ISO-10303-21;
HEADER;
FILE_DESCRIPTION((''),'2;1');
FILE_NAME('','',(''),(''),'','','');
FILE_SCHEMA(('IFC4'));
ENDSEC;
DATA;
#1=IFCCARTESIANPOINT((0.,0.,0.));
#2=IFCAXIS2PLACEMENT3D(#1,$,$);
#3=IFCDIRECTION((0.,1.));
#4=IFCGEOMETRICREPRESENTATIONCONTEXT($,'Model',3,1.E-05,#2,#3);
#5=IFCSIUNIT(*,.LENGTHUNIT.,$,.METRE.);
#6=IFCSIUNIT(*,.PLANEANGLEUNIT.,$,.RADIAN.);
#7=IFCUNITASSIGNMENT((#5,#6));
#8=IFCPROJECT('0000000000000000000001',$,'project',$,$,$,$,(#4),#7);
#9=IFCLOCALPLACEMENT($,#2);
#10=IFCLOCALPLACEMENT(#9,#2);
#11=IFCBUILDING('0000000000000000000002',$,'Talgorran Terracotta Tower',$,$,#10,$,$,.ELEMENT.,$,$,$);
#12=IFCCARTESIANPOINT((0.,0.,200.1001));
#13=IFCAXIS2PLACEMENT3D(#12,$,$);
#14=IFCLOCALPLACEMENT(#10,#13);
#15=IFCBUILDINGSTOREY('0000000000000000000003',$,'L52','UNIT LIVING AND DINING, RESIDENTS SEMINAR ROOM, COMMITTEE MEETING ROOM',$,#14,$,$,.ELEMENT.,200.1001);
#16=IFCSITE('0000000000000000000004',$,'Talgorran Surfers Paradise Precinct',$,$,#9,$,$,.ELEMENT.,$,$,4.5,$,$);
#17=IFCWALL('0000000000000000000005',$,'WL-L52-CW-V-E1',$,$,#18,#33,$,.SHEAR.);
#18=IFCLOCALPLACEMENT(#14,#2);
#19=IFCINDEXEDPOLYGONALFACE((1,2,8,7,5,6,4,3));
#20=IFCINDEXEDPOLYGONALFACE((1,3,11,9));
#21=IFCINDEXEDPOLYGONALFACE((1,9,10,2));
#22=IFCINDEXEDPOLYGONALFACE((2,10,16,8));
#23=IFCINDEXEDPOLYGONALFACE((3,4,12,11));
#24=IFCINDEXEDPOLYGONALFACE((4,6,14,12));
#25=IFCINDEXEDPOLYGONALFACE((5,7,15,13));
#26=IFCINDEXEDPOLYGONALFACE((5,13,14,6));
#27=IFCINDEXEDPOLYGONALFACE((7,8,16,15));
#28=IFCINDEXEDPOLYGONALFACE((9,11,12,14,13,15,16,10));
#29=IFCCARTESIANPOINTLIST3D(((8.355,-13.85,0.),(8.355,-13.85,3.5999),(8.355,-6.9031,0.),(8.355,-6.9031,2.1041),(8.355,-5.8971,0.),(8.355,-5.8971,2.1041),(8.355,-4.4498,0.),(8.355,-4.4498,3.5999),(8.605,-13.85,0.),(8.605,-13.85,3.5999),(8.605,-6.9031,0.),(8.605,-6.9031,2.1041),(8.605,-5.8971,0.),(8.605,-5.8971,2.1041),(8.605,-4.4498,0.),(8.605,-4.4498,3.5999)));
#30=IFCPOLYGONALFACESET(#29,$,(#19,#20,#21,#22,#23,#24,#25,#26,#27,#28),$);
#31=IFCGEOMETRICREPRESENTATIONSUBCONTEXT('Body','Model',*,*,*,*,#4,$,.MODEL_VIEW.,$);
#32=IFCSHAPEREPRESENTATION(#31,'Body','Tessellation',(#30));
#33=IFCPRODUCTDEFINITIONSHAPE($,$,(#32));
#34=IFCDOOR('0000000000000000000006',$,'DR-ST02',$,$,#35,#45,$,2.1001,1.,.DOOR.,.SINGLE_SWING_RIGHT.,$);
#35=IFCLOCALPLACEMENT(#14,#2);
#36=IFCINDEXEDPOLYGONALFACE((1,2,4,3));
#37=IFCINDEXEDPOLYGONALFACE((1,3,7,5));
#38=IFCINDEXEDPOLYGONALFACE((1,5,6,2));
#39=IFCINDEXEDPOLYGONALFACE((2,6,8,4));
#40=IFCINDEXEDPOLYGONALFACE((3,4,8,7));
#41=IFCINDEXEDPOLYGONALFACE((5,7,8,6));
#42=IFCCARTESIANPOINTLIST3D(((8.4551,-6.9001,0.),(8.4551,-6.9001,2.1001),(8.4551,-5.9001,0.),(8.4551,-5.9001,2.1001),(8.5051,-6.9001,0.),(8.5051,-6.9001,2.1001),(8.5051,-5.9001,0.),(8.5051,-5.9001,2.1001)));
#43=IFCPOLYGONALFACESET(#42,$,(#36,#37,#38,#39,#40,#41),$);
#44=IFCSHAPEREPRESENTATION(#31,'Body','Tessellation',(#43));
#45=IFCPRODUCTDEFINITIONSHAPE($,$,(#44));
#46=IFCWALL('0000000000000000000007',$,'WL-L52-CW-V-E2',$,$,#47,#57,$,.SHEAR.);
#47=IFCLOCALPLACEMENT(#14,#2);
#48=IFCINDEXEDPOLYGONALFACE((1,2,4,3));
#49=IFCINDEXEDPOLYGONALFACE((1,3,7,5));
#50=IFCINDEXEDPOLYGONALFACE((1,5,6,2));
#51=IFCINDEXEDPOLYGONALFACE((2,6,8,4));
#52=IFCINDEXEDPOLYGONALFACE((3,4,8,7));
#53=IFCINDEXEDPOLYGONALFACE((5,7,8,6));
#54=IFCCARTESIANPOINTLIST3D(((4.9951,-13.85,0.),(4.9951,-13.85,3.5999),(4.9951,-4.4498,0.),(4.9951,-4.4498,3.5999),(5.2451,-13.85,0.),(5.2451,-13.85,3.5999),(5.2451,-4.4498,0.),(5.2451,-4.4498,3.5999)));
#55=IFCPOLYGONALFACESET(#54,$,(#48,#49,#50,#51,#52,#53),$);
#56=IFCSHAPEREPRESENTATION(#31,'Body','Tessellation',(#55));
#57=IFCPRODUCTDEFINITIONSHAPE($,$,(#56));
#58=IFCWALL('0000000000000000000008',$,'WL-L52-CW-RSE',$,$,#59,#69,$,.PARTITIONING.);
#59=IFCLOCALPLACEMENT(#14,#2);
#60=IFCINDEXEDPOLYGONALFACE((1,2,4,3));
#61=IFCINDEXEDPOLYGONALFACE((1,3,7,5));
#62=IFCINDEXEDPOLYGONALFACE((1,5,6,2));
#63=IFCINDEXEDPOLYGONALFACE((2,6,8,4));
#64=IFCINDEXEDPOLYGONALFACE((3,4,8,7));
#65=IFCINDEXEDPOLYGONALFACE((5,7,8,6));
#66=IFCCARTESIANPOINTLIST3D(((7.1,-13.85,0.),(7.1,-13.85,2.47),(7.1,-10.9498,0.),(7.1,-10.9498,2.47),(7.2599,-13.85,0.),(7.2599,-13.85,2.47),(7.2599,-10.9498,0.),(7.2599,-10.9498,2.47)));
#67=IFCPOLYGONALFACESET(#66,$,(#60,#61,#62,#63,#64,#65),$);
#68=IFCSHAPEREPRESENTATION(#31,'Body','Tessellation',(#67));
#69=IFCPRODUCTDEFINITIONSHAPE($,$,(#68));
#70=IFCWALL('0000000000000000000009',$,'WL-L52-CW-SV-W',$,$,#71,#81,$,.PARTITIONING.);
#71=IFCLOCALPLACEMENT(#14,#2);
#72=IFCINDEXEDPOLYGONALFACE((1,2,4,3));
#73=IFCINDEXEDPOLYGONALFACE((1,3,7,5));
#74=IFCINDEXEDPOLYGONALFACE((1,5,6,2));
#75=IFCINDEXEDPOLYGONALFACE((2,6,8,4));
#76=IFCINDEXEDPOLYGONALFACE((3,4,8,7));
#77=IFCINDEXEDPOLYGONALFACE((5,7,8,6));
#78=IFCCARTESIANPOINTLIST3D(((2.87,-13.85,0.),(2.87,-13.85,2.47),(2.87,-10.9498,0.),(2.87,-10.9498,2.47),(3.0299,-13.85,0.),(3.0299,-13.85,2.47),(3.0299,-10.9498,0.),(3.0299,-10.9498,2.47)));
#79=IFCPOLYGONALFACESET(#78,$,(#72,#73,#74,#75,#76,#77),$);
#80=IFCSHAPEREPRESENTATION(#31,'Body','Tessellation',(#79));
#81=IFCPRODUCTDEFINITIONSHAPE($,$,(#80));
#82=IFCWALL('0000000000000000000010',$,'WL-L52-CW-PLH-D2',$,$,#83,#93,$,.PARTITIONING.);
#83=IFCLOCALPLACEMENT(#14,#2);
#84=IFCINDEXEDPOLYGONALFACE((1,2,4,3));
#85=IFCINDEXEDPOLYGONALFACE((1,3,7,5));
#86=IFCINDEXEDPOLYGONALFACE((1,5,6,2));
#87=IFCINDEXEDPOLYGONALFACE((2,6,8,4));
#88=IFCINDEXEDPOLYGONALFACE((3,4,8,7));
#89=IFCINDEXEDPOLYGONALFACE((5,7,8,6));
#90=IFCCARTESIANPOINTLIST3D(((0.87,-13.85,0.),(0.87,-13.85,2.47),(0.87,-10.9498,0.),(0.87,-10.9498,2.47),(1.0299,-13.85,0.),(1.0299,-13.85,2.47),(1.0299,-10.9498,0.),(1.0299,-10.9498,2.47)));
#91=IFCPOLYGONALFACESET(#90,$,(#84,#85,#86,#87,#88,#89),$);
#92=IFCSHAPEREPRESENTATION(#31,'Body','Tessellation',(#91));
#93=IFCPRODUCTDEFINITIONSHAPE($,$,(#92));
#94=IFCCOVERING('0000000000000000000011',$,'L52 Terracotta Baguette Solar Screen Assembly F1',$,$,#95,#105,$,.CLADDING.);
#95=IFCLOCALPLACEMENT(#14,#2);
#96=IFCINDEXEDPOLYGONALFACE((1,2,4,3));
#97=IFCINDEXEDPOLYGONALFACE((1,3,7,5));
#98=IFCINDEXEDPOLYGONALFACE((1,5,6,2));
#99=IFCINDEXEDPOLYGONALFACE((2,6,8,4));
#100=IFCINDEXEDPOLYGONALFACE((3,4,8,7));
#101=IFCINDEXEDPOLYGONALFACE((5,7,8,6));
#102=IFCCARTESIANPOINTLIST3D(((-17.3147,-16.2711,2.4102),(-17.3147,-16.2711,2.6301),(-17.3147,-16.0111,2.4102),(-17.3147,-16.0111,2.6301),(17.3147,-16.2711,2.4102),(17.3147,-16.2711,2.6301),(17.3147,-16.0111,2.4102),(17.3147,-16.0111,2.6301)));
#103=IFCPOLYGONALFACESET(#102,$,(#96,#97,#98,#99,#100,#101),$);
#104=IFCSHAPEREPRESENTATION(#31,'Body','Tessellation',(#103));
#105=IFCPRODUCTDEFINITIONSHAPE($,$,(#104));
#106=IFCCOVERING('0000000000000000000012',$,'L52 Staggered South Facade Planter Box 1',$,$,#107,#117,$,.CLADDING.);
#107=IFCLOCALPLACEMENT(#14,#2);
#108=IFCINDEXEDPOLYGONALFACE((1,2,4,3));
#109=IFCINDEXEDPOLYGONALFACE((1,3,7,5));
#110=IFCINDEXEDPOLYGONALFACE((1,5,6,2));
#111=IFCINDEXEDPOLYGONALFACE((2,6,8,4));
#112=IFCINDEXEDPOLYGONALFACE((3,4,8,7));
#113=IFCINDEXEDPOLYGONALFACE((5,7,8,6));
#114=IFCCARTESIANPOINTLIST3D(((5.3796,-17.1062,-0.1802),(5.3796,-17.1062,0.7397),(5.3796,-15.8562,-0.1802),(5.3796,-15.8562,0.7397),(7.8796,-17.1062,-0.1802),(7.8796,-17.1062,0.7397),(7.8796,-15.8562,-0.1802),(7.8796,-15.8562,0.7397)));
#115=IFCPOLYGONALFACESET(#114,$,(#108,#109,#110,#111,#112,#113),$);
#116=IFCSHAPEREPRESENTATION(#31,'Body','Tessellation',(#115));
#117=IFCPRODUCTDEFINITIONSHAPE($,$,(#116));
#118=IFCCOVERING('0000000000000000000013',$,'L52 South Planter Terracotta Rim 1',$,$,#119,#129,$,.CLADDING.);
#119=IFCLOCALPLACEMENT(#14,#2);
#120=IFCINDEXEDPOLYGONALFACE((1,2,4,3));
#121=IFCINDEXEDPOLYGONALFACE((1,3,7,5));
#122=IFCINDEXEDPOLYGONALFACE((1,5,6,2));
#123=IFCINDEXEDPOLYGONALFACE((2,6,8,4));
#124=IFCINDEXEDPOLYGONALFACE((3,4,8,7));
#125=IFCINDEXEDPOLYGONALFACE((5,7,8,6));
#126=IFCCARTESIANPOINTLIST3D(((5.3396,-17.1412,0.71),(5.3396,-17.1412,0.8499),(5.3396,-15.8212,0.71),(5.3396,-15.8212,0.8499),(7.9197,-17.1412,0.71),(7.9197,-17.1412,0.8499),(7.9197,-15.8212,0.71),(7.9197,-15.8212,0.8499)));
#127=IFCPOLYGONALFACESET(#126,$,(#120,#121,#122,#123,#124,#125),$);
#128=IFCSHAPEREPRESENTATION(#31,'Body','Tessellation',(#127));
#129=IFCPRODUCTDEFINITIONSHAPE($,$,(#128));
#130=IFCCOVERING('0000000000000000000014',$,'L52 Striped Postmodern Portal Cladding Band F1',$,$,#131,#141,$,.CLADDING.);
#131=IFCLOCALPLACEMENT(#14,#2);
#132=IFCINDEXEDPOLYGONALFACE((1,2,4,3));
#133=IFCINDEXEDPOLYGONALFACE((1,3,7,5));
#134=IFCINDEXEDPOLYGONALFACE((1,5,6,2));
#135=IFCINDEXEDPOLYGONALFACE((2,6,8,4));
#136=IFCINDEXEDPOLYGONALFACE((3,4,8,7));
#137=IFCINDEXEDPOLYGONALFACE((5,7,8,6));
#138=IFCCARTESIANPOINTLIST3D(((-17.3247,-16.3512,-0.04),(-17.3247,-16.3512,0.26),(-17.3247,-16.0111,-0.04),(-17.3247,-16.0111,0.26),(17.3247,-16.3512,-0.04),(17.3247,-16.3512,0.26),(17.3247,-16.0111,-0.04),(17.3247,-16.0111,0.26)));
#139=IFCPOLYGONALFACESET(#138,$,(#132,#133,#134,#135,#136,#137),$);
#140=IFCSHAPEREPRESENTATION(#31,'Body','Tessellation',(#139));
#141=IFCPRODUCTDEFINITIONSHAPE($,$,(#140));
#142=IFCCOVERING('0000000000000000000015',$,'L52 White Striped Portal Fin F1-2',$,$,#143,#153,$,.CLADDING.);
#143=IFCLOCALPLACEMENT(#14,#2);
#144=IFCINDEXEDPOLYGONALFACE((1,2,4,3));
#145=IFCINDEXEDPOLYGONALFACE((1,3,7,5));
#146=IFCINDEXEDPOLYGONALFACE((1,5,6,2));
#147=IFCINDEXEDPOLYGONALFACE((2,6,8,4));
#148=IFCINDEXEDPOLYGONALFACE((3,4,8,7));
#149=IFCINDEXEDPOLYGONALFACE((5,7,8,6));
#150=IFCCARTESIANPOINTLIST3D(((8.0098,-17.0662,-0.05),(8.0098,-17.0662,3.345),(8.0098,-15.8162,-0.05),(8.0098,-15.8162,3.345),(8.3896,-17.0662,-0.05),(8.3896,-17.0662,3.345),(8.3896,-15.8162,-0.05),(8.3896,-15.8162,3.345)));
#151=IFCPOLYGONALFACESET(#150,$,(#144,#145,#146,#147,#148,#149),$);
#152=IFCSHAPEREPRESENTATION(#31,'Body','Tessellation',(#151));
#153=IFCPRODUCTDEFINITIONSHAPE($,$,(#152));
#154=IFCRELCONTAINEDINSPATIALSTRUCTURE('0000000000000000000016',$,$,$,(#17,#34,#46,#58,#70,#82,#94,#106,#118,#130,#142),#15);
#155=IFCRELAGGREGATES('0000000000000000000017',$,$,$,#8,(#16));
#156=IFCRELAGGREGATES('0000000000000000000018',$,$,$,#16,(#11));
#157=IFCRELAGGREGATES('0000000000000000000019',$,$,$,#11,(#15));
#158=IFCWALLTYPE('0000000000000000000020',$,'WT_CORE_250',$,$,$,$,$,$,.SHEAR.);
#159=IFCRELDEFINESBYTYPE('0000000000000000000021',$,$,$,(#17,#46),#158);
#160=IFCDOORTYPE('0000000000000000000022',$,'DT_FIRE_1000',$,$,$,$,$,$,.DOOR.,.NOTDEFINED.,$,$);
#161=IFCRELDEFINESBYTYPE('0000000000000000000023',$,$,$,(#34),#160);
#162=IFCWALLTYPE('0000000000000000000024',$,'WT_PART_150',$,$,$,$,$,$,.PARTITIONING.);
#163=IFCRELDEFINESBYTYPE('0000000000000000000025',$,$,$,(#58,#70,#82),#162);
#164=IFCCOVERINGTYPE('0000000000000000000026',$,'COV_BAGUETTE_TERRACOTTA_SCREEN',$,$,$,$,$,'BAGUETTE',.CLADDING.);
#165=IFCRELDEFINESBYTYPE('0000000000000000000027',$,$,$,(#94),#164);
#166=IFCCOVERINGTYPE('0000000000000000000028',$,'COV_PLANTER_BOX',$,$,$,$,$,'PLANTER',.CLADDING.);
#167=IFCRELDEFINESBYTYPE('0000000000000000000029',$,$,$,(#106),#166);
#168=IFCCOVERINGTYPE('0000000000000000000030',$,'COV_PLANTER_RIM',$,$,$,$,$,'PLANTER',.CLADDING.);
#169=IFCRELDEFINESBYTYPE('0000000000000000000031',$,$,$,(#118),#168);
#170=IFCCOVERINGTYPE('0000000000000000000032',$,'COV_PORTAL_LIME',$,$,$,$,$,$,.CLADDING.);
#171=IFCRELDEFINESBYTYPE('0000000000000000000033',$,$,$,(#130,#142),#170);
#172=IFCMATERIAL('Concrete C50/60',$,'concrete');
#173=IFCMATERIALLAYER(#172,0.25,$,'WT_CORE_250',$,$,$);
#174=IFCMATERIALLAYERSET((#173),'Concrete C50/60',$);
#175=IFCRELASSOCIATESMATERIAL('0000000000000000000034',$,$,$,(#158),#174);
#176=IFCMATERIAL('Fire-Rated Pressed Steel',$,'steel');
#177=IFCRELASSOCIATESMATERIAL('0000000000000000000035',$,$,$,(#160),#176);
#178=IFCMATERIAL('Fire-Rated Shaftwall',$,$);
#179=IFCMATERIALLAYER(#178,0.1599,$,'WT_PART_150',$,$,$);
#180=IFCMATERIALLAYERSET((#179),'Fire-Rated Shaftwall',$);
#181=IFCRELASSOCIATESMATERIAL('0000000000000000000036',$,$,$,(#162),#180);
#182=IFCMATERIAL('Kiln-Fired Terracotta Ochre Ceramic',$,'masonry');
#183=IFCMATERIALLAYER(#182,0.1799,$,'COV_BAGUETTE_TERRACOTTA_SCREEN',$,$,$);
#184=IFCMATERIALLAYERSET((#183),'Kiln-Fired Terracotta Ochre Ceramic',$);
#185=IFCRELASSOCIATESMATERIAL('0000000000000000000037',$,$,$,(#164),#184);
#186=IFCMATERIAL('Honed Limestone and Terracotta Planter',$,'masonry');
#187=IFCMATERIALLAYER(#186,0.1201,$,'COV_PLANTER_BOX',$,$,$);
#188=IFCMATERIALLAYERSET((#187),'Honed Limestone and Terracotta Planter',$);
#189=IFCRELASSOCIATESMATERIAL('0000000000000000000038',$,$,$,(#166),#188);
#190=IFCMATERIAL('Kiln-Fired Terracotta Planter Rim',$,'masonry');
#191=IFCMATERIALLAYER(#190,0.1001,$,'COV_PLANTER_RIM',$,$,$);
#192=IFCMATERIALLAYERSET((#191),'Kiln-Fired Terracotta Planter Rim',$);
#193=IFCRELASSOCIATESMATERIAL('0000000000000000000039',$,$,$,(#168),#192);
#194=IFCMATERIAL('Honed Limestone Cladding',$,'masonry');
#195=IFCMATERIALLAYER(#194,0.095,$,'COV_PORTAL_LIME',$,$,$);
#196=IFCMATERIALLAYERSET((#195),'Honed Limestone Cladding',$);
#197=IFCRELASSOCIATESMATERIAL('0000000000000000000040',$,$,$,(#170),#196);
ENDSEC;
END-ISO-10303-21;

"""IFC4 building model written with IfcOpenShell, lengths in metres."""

from ifc_helpers import new_model, si_unit, direction, frame, frame_2d, origin, origin_2d, place, context, subcontext, project, spatial, rectangle, extrude, material, layer, layer_set, type_object, element, fill, save


model = new_model("IFC4")

# Units and contexts
model_context = context("Model", 3, precision=1e-05, world=origin(), true_north=direction((0.0, 1.0)))
body_context = subcontext(model_context, "Body", "Model", "MODEL_VIEW")
ifc_project = project(units=[si_unit("LENGTHUNIT", "METRE"), si_unit("PLANEANGLEUNIT", "RADIAN")], contexts=[model_context])

# Site, building, storey
site_placement = place(None, origin())
site = spatial("IfcSite", under=ifc_project, at=site_placement, Name="Talgorran Surfers Paradise Precinct", CompositionType="ELEMENT", RefElevation=4.5)
building_placement = place(site_placement, origin())
building = spatial("IfcBuilding", under=site, at=building_placement, Name="Talgorran Terracotta Tower", CompositionType="ELEMENT")
storey_placement = place(building_placement, frame((0.0, 0.0, 200.1001)))
storey = spatial("IfcBuildingStorey", under=building, at=storey_placement, Name="L52", Description="UNIT LIVING AND DINING, RESIDENTS SEMINAR ROOM, COMMITTEE MEETING ROOM", CompositionType="ELEMENT", Elevation=200.1001)

# Shared definitions
ifc_material_1 = material(Name="Concrete C50/60", Category="concrete")

# Shared definitions
ifc_material_2 = material(Name="Fire-Rated Pressed Steel", Category="steel")

# Wall, opening, door
ifc_layer_1 = layer(ifc_material_1, 0.25, Name="WT_CORE_250")
ifc_layer_set_1 = layer_set([ifc_layer_1], Name="Concrete C50/60")
wall_type_1 = type_object("IfcWallType", Name="WT_CORE_250", PredefinedType="SHEAR", material=ifc_layer_set_1)
wall_1_placement = place(storey_placement, frame((8.48, -13.8501, 0.0), z_axis=(0.0, 0.0, 1.0), x_axis=(0.0, 1.0, 0.0)))
wall_1 = element("IfcWall", 1, at=wall_1_placement, inside=storey, type_object=wall_type_1, Name="WL-L52-CW-V-E1", PredefinedType="SHEAR", context=body_context, shape_type="SweptSolid", body=[
    extrude(rectangle(XDim=9.4001, YDim=0.25, at=frame_2d((4.7002, 0.0))), origin(), (0.0, 0.0, 1.0), 3.5999),
])
opening_1_placement = place(wall_1_placement, frame((6.95, 0.0, 0.0)))
opening_1 = element("IfcOpeningElement", 2, at=opening_1_placement, cuts=wall_1, PredefinedType="OPENING", context=body_context, shape_type="SweptSolid", body=[
    extrude(rectangle(XDim=1.006, YDim=2.1041, at=frame_2d((0.5, 1.052))), frame((0.0, 0.135, 0.0), z_axis=(0.0, -1.0, 0.0), x_axis=(1.0, 0.0, 0.0)), (0.0, 0.0, 1.0), 0.27),
])
door_type_1 = type_object("IfcDoorType", Name="DT_FIRE_1000", OperationType="NOTDEFINED", PredefinedType="DOOR", material=ifc_material_2)
door_1_placement = place(opening_1_placement, origin())
door_1 = element("IfcDoor", 3, at=door_1_placement, inside=storey, type_object=door_type_1, Name="DR-ST02", OperationType="SINGLE_SWING_RIGHT", OverallHeight=2.1001, OverallWidth=1.0, PredefinedType="DOOR", context=body_context, shape_type="SweptSolid", body=[
    extrude(rectangle(XDim=1.0, YDim=2.1001, at=frame_2d((0.5, 1.05))), frame((0.0, 0.0249, 0.0), z_axis=(0.0, -1.0, 0.0), x_axis=(1.0, 0.0, 0.0)), (0.0, 0.0, 1.0), 0.05),
])
fill(opening_1, door_1)

# Walls
wall_2_placement = place(storey_placement, frame((5.1201, -13.8501, 0.0), z_axis=(0.0, 0.0, 1.0), x_axis=(0.0, 1.0, 0.0)))
element("IfcWall", 4, at=wall_2_placement, inside=storey, type_object=wall_type_1, Name="WL-L52-CW-V-E2", PredefinedType="SHEAR", context=body_context, shape_type="SweptSolid", body=[
    extrude(rectangle(XDim=9.4001, YDim=0.25, at=frame_2d((4.7002, 0.0))), origin(), (0.0, 0.0, 1.0), 3.5999),
])
ifc_material_3 = material(Name="Fire-Rated Shaftwall")
ifc_layer_2 = layer(ifc_material_3, 0.1599, Name="WT_PART_150")
ifc_layer_set_2 = layer_set([ifc_layer_2], Name="Fire-Rated Shaftwall")
wall_type_2 = type_object("IfcWallType", Name="WT_PART_150", PredefinedType="PARTITIONING", material=ifc_layer_set_2)
for number, where, z_axis, x_axis, name in (
    (5, (7.1799, -13.8501, 0.0), (0.0, 0.0, 1.0), (0.0, 1.0, 0.0), "WL-L52-CW-RSE"),
    (6, (2.95, -13.8501, 0.0), (0.0, 0.0, 1.0), (0.0, 1.0, 0.0), "WL-L52-CW-SV-W"),
    (7, (0.95, -13.8501, 0.0), (0.0, 0.0, 1.0), (0.0, 1.0, 0.0), "WL-L52-CW-PLH-D2"),
):
    element("IfcWall", number, at=place(storey_placement, frame(where, z_axis=z_axis, x_axis=x_axis)), inside=storey, type_object=wall_type_2, Name=name, PredefinedType="PARTITIONING", context=body_context, shape_type="SweptSolid", body=[
        extrude(rectangle(XDim=2.9001, YDim=0.1599, at=frame_2d((1.4502, 0.0))), origin(), (0.0, 0.0, 1.0), 2.47),
    ])

# Coverings
ifc_material_4 = material(Name="Kiln-Fired Terracotta Ochre Ceramic", Category="masonry")
ifc_layer_3 = layer(ifc_material_4, 0.1799, Name="COV_BAGUETTE_TERRACOTTA_SCREEN")
ifc_layer_set_3 = layer_set([ifc_layer_3], Name="Kiln-Fired Terracotta Ochre Ceramic")
covering_type_1 = type_object("IfcCoveringType", Name="COV_BAGUETTE_TERRACOTTA_SCREEN", ElementType="BAGUETTE", PredefinedType="CLADDING", material=ifc_layer_set_3)
covering_1_placement = place(storey_placement, frame((0.0, -16.1411, 2.4102), z_axis=(0.0, 0.0, 1.0), x_axis=(1.0, 0.0, 0.0)))
element("IfcCovering", 8, at=covering_1_placement, inside=storey, type_object=covering_type_1, Name="L52 Terracotta Baguette Solar Screen Assembly F1", PredefinedType="CLADDING", context=body_context, shape_type="SweptSolid", body=[
    extrude(rectangle(XDim=34.6294, YDim=0.26, at=origin_2d()), origin(), (0.0, 0.0, 1.0), 0.22),
])
ifc_material_5 = material(Name="Honed Limestone and Terracotta Planter", Category="masonry")
ifc_layer_4 = layer(ifc_material_5, 0.1201, Name="COV_PLANTER_BOX")
ifc_layer_set_4 = layer_set([ifc_layer_4], Name="Honed Limestone and Terracotta Planter")
covering_type_2 = type_object("IfcCoveringType", Name="COV_PLANTER_BOX", ElementType="PLANTER", PredefinedType="CLADDING", material=ifc_layer_set_4)
covering_2_placement = place(storey_placement, frame((6.6296, -16.4812, -0.1802), z_axis=(0.0, 0.0, 1.0), x_axis=(1.0, 0.0, 0.0)))
element("IfcCovering", 9, at=covering_2_placement, inside=storey, type_object=covering_type_2, Name="L52 Staggered South Facade Planter Box 1", PredefinedType="CLADDING", context=body_context, shape_type="SweptSolid", body=[
    extrude(rectangle(XDim=2.5, YDim=1.25, at=origin_2d()), origin(), (0.0, 0.0, 1.0), 0.9199),
])
ifc_material_6 = material(Name="Kiln-Fired Terracotta Planter Rim", Category="masonry")
ifc_layer_5 = layer(ifc_material_6, 0.1001, Name="COV_PLANTER_RIM")
ifc_layer_set_5 = layer_set([ifc_layer_5], Name="Kiln-Fired Terracotta Planter Rim")
covering_type_3 = type_object("IfcCoveringType", Name="COV_PLANTER_RIM", ElementType="PLANTER", PredefinedType="CLADDING", material=ifc_layer_set_5)
covering_3_placement = place(storey_placement, frame((6.6296, -16.4812, 0.71), z_axis=(0.0, 0.0, 1.0), x_axis=(1.0, 0.0, 0.0)))
element("IfcCovering", 10, at=covering_3_placement, inside=storey, type_object=covering_type_3, Name="L52 South Planter Terracotta Rim 1", PredefinedType="CLADDING", context=body_context, shape_type="SweptSolid", body=[
    extrude(rectangle(XDim=2.5801, YDim=1.3201, at=origin_2d()), origin(), (0.0, 0.0, 1.0), 0.1399),
])
ifc_material_7 = material(Name="Honed Limestone Cladding", Category="masonry")
ifc_layer_6 = layer(ifc_material_7, 0.095, Name="COV_PORTAL_LIME")
ifc_layer_set_6 = layer_set([ifc_layer_6], Name="Honed Limestone Cladding")
covering_type_4 = type_object("IfcCoveringType", Name="COV_PORTAL_LIME", PredefinedType="CLADDING", material=ifc_layer_set_6)
covering_4_placement = place(storey_placement, frame((0.0, -16.1812, -0.04), z_axis=(0.0, 0.0, 1.0), x_axis=(1.0, 0.0, 0.0)))
element("IfcCovering", 11, at=covering_4_placement, inside=storey, type_object=covering_type_4, Name="L52 Striped Postmodern Portal Cladding Band F1", PredefinedType="CLADDING", context=body_context, shape_type="SweptSolid", body=[
    extrude(rectangle(XDim=34.6494, YDim=0.3401, at=origin_2d()), origin(), (0.0, 0.0, 1.0), 0.3),
])
covering_5_placement = place(storey_placement, frame((8.1997, -16.4412, -0.05), z_axis=(0.0, 0.0, 1.0), x_axis=(1.0, 0.0, 0.0)))
element("IfcCovering", 12, at=covering_5_placement, inside=storey, type_object=covering_type_4, Name="L52 White Striped Portal Fin F1-2", PredefinedType="CLADDING", context=body_context, shape_type="SweptSolid", body=[
    extrude(rectangle(XDim=0.3799, YDim=1.25, at=origin_2d()), origin(), (0.0, 0.0, 1.0), 3.395),
])

save(model, "model.ifc")
